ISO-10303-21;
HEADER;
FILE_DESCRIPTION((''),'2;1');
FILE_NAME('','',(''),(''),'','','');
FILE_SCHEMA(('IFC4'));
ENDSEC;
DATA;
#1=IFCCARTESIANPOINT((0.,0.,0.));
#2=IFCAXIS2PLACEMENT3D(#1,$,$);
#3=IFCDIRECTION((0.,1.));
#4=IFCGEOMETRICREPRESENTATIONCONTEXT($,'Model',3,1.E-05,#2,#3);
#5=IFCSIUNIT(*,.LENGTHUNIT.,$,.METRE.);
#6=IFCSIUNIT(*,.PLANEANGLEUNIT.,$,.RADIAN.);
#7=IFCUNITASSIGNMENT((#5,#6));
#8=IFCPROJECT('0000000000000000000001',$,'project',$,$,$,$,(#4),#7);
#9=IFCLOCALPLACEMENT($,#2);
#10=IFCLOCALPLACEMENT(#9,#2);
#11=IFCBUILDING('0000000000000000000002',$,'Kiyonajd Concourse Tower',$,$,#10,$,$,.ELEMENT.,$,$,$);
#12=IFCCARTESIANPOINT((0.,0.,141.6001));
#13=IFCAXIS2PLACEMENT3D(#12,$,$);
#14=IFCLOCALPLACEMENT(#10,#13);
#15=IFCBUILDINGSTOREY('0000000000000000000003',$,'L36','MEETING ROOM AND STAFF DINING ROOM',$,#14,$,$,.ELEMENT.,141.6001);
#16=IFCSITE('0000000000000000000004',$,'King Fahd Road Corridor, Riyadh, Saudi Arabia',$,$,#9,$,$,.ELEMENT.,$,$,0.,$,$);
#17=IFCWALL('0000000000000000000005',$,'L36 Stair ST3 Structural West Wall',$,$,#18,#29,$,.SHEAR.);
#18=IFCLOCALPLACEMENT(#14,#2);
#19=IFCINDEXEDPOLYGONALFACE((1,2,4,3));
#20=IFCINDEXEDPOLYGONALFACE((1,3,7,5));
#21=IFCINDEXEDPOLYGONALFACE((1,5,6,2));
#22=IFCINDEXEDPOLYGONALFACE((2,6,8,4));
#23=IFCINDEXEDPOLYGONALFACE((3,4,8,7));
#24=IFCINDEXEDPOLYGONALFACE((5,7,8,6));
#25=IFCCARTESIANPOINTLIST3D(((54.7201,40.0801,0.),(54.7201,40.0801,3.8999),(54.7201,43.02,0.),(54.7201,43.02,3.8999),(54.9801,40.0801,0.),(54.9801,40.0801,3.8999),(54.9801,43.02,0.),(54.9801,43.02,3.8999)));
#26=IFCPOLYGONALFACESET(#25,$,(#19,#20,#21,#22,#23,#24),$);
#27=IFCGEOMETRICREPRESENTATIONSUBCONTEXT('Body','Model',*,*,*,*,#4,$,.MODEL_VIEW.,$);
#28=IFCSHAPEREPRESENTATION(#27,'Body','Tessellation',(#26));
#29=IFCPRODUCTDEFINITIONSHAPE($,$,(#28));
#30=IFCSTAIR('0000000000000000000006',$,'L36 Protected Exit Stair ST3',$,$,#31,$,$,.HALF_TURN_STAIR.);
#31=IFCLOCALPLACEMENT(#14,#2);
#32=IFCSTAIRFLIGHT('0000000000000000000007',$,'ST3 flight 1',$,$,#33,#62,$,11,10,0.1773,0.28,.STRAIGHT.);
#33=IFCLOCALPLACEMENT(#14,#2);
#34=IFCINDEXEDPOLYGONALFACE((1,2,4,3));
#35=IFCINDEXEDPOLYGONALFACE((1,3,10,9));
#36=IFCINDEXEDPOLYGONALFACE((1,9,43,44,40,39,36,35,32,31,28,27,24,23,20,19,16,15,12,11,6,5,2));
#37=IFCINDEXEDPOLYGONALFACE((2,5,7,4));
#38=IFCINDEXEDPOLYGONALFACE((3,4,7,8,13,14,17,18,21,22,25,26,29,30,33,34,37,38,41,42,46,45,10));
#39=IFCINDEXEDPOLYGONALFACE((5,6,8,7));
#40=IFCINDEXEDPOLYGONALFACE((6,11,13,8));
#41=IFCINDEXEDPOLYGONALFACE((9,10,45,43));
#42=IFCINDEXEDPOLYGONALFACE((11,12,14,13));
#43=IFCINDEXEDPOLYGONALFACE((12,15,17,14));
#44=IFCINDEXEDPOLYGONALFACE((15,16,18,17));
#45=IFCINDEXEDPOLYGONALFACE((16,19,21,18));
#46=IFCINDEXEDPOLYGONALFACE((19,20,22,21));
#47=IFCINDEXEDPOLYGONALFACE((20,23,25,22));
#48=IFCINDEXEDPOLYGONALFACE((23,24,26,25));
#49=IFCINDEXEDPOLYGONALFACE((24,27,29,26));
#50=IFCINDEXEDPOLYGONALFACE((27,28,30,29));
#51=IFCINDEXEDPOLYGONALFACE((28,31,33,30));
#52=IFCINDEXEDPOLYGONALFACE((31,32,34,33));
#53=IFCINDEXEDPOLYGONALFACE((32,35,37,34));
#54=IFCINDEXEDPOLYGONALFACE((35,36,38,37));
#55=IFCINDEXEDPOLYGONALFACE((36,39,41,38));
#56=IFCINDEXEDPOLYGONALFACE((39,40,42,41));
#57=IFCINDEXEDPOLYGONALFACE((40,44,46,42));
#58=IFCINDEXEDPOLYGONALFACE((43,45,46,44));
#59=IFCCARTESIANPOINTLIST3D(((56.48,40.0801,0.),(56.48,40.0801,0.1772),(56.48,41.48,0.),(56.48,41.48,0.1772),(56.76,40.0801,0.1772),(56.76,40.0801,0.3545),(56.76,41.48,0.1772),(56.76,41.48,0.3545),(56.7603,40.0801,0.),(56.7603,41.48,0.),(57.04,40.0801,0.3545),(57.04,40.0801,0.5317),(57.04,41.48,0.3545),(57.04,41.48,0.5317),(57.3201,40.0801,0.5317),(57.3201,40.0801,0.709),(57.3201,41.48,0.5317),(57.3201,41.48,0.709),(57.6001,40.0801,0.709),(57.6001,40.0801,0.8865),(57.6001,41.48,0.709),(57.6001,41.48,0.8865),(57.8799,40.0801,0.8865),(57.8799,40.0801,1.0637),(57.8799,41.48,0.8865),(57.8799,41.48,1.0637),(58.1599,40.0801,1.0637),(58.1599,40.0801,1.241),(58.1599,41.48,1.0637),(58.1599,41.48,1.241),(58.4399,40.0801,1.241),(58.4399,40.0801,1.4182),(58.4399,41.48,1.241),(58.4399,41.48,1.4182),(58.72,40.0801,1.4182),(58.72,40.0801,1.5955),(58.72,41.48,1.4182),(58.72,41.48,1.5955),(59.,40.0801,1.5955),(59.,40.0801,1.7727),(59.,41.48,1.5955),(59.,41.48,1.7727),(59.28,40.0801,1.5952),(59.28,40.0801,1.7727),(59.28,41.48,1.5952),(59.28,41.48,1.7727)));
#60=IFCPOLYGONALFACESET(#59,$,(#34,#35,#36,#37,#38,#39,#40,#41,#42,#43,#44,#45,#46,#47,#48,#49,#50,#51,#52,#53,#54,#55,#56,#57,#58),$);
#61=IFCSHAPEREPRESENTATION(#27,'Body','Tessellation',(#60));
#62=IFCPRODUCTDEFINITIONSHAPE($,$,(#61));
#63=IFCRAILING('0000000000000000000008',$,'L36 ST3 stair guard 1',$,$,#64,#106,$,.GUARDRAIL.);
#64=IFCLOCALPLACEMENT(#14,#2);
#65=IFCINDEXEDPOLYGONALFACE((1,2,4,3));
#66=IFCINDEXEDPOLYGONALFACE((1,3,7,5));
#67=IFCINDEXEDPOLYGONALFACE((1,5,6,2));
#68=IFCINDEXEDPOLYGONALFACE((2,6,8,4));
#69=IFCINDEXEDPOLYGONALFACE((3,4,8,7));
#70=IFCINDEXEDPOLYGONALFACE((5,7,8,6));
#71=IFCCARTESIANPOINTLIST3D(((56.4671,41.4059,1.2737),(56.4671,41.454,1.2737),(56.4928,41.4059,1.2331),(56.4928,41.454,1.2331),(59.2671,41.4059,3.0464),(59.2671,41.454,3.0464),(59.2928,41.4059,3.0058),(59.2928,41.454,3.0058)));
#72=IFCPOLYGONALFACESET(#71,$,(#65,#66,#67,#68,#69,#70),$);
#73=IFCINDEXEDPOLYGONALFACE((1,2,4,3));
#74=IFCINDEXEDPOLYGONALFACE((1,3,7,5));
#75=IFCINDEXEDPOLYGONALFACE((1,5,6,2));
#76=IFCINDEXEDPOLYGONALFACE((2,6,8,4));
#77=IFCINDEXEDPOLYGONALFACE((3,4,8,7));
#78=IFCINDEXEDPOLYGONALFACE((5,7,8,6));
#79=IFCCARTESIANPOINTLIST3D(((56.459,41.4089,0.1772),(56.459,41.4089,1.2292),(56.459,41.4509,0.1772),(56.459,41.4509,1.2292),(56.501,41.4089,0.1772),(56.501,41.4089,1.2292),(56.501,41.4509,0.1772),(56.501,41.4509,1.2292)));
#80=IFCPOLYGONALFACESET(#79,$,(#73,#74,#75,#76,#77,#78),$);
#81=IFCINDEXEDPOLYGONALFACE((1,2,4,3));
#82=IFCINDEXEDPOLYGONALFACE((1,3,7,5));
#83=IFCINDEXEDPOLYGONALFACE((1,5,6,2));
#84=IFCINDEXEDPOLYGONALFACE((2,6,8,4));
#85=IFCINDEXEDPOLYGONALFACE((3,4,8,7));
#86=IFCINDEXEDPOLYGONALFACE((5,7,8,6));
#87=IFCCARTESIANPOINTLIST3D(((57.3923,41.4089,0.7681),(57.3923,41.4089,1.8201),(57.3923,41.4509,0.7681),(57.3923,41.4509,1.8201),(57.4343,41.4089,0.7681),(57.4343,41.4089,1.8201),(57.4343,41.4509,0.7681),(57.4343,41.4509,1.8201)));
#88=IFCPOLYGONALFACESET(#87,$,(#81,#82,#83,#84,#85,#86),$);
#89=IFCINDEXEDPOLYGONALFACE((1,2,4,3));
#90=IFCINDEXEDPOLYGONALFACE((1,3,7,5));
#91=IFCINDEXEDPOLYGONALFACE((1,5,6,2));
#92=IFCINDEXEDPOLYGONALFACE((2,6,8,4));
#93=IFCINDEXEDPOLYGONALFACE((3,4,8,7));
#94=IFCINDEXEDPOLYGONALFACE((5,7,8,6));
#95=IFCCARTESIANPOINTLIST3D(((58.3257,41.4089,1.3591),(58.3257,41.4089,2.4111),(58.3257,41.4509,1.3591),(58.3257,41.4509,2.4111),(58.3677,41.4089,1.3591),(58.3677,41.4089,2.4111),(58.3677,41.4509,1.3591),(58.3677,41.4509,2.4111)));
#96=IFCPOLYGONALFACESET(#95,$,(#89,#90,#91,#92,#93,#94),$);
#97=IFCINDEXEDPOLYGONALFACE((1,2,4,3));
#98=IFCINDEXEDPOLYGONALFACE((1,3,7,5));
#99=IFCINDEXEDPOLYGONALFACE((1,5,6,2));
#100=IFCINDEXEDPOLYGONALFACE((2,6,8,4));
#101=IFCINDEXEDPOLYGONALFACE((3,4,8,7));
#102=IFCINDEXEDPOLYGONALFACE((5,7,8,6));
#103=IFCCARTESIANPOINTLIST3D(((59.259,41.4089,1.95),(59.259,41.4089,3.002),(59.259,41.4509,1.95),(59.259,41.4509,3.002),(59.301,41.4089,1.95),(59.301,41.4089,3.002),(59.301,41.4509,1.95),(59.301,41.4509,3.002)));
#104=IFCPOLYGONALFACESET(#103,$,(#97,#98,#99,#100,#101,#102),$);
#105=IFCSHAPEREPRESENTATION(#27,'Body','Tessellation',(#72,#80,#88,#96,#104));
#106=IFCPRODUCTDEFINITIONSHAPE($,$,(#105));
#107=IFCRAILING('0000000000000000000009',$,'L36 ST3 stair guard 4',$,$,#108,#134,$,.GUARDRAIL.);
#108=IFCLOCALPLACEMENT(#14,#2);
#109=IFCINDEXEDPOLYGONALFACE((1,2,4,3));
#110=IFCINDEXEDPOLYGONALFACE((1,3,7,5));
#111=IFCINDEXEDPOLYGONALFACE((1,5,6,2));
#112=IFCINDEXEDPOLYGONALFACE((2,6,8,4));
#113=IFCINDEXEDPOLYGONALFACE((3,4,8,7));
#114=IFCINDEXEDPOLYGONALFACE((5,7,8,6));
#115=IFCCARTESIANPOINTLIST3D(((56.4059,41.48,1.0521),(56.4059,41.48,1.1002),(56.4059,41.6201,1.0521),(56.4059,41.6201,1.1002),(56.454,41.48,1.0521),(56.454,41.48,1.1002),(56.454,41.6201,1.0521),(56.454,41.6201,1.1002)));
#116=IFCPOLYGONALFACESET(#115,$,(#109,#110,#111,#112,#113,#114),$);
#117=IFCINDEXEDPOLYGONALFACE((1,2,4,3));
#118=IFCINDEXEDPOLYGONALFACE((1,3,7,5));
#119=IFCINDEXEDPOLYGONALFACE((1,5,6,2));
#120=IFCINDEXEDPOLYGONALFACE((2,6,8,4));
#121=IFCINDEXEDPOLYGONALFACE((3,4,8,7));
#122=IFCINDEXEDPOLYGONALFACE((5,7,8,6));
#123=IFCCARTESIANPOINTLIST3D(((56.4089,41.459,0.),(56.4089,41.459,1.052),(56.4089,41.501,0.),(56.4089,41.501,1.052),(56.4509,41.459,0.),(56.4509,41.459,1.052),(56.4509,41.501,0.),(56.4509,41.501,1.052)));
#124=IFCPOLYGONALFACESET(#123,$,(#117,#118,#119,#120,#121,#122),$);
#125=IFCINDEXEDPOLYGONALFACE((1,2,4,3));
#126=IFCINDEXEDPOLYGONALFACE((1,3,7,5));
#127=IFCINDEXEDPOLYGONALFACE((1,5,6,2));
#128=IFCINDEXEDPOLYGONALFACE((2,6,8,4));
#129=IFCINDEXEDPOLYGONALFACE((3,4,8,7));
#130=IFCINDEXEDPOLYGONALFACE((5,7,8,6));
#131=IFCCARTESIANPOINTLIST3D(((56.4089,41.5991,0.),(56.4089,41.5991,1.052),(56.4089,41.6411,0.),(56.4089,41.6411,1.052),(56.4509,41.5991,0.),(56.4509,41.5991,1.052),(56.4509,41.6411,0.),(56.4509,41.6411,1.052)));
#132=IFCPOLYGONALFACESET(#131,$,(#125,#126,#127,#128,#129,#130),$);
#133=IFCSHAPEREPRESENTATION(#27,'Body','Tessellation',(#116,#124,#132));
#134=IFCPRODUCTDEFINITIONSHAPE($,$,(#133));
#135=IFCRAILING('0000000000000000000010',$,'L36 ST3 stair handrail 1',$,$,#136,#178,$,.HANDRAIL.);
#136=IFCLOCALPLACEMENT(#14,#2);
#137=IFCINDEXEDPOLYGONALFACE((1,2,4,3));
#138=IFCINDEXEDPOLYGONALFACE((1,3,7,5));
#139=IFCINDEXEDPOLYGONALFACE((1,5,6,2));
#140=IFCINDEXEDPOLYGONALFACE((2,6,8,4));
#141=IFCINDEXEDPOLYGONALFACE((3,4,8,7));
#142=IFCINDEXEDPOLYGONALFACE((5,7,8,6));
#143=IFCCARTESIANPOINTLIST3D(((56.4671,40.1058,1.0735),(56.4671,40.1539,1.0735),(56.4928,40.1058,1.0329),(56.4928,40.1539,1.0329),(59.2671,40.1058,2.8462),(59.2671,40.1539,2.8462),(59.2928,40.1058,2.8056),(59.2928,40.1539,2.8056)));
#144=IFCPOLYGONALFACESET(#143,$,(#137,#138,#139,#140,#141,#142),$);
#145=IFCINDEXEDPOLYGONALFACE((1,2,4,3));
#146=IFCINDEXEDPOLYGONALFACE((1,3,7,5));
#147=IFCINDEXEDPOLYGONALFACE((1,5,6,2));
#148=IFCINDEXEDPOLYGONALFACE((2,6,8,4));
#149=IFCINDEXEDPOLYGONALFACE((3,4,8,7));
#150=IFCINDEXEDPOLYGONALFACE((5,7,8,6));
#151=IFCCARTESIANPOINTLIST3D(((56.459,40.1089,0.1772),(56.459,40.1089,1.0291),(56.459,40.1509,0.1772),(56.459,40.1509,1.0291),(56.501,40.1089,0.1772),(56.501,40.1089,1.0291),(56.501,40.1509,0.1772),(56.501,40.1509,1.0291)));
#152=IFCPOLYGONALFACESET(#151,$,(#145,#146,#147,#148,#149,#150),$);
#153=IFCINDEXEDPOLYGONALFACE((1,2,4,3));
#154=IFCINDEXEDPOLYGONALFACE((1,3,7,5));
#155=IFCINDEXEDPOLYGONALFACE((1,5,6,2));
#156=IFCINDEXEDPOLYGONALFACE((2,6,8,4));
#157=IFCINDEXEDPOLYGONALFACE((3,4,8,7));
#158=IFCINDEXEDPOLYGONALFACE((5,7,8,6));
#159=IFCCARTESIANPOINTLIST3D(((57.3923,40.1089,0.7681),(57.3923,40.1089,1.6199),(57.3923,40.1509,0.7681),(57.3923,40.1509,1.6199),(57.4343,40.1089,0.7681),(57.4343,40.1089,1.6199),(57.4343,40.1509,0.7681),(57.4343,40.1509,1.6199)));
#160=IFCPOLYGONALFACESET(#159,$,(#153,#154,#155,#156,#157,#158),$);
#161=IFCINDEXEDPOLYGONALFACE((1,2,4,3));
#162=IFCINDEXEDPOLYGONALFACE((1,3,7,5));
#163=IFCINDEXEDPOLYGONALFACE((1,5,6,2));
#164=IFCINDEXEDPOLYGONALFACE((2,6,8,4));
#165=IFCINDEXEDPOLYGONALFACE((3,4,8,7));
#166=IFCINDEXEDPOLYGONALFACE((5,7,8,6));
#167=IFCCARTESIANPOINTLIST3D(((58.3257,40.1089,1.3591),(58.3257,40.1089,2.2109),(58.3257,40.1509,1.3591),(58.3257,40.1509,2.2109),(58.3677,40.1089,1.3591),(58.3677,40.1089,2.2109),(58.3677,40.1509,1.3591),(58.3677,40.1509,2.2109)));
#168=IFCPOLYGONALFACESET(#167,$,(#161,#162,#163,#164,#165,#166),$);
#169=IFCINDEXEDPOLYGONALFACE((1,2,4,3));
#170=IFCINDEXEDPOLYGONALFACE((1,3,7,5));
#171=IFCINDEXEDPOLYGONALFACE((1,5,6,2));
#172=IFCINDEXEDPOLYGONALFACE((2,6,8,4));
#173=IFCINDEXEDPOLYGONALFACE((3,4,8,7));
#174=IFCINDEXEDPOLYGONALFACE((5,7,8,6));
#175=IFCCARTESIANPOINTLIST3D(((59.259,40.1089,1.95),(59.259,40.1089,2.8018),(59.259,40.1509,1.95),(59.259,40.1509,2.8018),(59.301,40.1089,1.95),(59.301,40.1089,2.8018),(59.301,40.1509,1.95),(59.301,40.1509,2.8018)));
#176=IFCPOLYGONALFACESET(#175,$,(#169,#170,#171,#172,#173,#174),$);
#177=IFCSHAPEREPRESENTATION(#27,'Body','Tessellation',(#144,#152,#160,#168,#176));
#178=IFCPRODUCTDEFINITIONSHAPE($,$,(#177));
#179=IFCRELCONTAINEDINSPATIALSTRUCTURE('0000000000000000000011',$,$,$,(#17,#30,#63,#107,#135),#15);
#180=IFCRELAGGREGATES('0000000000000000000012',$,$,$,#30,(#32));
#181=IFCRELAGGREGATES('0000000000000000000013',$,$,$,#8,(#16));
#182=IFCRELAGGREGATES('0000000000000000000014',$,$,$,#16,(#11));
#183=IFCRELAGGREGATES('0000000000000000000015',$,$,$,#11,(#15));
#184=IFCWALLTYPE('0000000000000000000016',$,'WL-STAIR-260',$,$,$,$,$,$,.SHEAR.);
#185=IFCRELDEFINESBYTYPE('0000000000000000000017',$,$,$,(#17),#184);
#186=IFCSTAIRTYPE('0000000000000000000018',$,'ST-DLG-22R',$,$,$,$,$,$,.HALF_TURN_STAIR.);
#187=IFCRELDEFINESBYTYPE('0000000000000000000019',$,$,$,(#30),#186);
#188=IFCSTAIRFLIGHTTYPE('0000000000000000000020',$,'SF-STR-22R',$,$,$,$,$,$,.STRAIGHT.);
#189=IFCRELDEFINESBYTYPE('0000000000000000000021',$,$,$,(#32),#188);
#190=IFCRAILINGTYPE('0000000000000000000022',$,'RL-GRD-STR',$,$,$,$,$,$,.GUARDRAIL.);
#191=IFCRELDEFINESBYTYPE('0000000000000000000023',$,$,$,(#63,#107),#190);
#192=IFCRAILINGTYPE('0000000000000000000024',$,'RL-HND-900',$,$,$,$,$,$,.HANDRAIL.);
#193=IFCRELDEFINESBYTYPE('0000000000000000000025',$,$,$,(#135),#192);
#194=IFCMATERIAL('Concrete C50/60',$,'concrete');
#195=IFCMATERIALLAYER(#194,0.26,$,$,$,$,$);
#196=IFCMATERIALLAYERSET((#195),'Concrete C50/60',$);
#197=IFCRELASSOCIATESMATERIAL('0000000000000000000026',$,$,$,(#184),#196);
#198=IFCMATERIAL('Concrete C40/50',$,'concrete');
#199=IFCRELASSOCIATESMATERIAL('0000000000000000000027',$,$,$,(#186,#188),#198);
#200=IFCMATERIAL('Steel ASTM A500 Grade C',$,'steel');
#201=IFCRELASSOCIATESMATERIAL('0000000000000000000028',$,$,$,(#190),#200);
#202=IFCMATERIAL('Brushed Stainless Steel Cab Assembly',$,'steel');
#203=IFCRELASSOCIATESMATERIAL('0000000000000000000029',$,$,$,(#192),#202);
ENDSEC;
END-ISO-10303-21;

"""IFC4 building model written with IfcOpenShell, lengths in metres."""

from ifc_helpers import new_model, si_unit, direction, frame, frame_2d, origin, origin_2d, place, context, subcontext, project, spatial, polyline, rectangle, outline, extrude, material, layer, layer_set, type_object, element, aggregate, save


model = new_model("IFC4")

# Units and contexts
model_context = context("Model", 3, precision=1e-05, world=origin(), true_north=direction((0.0, 1.0)))
body_context = subcontext(model_context, "Body", "Model", "MODEL_VIEW")
ifc_project = project(units=[si_unit("LENGTHUNIT", "METRE"), si_unit("PLANEANGLEUNIT", "RADIAN")], contexts=[model_context])

# Site, building, storey
site_placement = place(None, origin())
site = spatial("IfcSite", under=ifc_project, at=site_placement, Name="King Fahd Road Corridor, Riyadh, Saudi Arabia", CompositionType="ELEMENT", RefElevation=0.0)
building_placement = place(site_placement, origin())
building = spatial("IfcBuilding", under=site, at=building_placement, Name="Kiyonajd Concourse Tower", CompositionType="ELEMENT")
storey_placement = place(building_placement, frame((0.0, 0.0, 141.6001)))
storey = spatial("IfcBuildingStorey", under=building, at=storey_placement, Name="L36", Description="MEETING ROOM AND STAFF DINING ROOM", CompositionType="ELEMENT", Elevation=141.6001)

# Shared definitions
ifc_material_1 = material(Name="Concrete C50/60", Category="concrete")

# Shared definitions
ifc_material_2 = material(Name="Brushed Stainless Steel Cab Assembly", Category="steel")

# Shared definitions
ifc_layer_1 = layer(ifc_material_1, 0.26)
ifc_layer_set_1 = layer_set([ifc_layer_1], Name="Concrete C50/60")
wall_type_1 = type_object("IfcWallType", Name="WL-STAIR-260", PredefinedType="SHEAR", material=ifc_layer_set_1)

# Wall
wall_1_placement = place(storey_placement, frame((54.8501, 40.0801, 0.0), z_axis=(0.0, 0.0, 1.0), x_axis=(0.0, 1.0, 0.0)))
element("IfcWall", 1, at=wall_1_placement, inside=storey, type_object=wall_type_1, Name="L36 Stair ST3 Structural West Wall", PredefinedType="SHEAR", context=body_context, shape_type="SweptSolid", body=[
    extrude(rectangle(XDim=2.9399, YDim=0.26, at=frame_2d((1.47, 0.0))), origin(), (0.0, 0.0, 1.0), 3.8999),
])

# Stair, stair flight
ifc_material_3 = material(Name="Concrete C40/50", Category="concrete")
stair_type = type_object("IfcStairType", Name="ST-DLG-22R", PredefinedType="HALF_TURN_STAIR", material=ifc_material_3)
stair_placement = place(storey_placement, origin())
stair = element("IfcStair", 2, at=stair_placement, inside=storey, type_object=stair_type, Name="L36 Protected Exit Stair ST3", PredefinedType="HALF_TURN_STAIR")
stair_flight_type = type_object("IfcStairFlightType", Name="SF-STR-22R", PredefinedType="STRAIGHT", material=ifc_material_3)
stair_flight_placement = place(storey_placement, frame((56.48, 40.78, 0.0), z_axis=(0.0, 0.0, 1.0), x_axis=(1.0, 0.0, 0.0)))
stair_flight = element("IfcStairFlight", 3, at=stair_flight_placement, type_object=stair_flight_type, Name="ST3 flight 1", NumberOfRisers=11, NumberOfTreads=10, PredefinedType="STRAIGHT", RiserHeight=0.1773, TreadLength=0.28, context=body_context, shape_type="SweptSolid", body=[
    extrude(outline(polyline([(0.0, 0.0), (0.0, 0.1772), (0.28, 0.1772), (0.28, 0.3545), (0.5601, 0.3545), (0.5601, 0.5317), (0.8401, 0.5317), (0.8401, 0.709), (1.1201, 0.709), (1.1201, 0.8865), (1.3999, 0.8865), (1.3999, 1.0637), (1.6799, 1.0637), (1.6799, 1.241), (1.96, 1.241), (1.96, 1.4182), (2.24, 1.4182), (2.24, 1.5955), (2.52, 1.5955), (2.52, 1.7727), (2.8, 1.7727), (2.8, 1.95), (2.8, 1.5952), (0.2803, 0.0), (0.0, 0.0)])), frame((0.0, 0.7, 0.0), z_axis=(0.0, -1.0, 0.0), x_axis=(1.0, 0.0, 0.0)), (0.0, 0.0, 1.0), 1.3999),
])
aggregate(stair, [stair_flight])

# Railings
ifc_material_4 = material(Name="Steel ASTM A500 Grade C", Category="steel")
railing_type_1 = type_object("IfcRailingType", Name="RL-GRD-STR", PredefinedType="GUARDRAIL", material=ifc_material_4)
railing_1_placement = place(storey_placement, frame((56.48, 41.4299, 0.1772)))
element("IfcRailing", 4, at=railing_1_placement, inside=storey, type_object=railing_type_1, Name="L36 ST3 stair guard 1", PredefinedType="GUARDRAIL", context=body_context, shape_type="SweptSolid", body=[
    extrude(rectangle(XDim=0.0481, YDim=0.0481, at=origin_2d()), frame((0.0, 0.0, 1.0762), z_axis=(0.844909, 0.0, 0.53491), x_axis=(0.0, 1.0, 0.0)), (0.0, 0.0, 1.0), 3.314),
    extrude(rectangle(XDim=0.042, YDim=0.042, at=origin_2d()), origin(), (0.0, 0.0, 1.0), 1.052),
    extrude(rectangle(XDim=0.042, YDim=0.042, at=origin_2d()), frame((0.9333, 0.0, 0.5908)), (0.0, 0.0, 1.0), 1.052),
    extrude(rectangle(XDim=0.042, YDim=0.042, at=origin_2d()), frame((1.8667, 0.0, 1.1819)), (0.0, 0.0, 1.0), 1.052),
    extrude(rectangle(XDim=0.042, YDim=0.042, at=origin_2d()), frame((2.8, 0.0, 1.7727)), (0.0, 0.0, 1.0), 1.052),
])
railing_2_placement = place(storey_placement, frame((56.4299, 41.48, 0.0)))
element("IfcRailing", 5, at=railing_2_placement, inside=storey, type_object=railing_type_1, Name="L36 ST3 stair guard 4", PredefinedType="GUARDRAIL", context=body_context, shape_type="SweptSolid", body=[
    extrude(rectangle(XDim=0.0481, YDim=0.0481, at=origin_2d()), frame((0.0, 0.0, 1.0762), z_axis=(0.0, 1.0, 0.0), x_axis=(-1.0, 0.0, 0.0)), (0.0, 0.0, 1.0), 0.1401),
    extrude(rectangle(XDim=0.042, YDim=0.042, at=origin_2d()), origin(), (0.0, 0.0, 1.0), 1.052),
    extrude(rectangle(XDim=0.042, YDim=0.042, at=origin_2d()), frame((0.0, 0.1401, 0.0)), (0.0, 0.0, 1.0), 1.052),
])
railing_type_2 = type_object("IfcRailingType", Name="RL-HND-900", PredefinedType="HANDRAIL", material=ifc_material_2)
railing_3_placement = place(storey_placement, frame((56.48, 40.1299, 0.1772)))
element("IfcRailing", 6, at=railing_3_placement, inside=storey, type_object=railing_type_2, Name="L36 ST3 stair handrail 1", PredefinedType="HANDRAIL", context=body_context, shape_type="SweptSolid", body=[
    extrude(rectangle(XDim=0.0481, YDim=0.0481, at=origin_2d()), frame((0.0, 0.0, 0.876), z_axis=(0.844909, 0.0, 0.53491), x_axis=(0.0, 1.0, 0.0)), (0.0, 0.0, 1.0), 3.314),
    extrude(rectangle(XDim=0.042, YDim=0.042, at=origin_2d()), origin(), (0.0, 0.0, 1.0), 0.8518),
    extrude(rectangle(XDim=0.042, YDim=0.042, at=origin_2d()), frame((0.9333, 0.0, 0.5908)), (0.0, 0.0, 1.0), 0.8518),
    extrude(rectangle(XDim=0.042, YDim=0.042, at=origin_2d()), frame((1.8667, 0.0, 1.1819)), (0.0, 0.0, 1.0), 0.8518),
    extrude(rectangle(XDim=0.042, YDim=0.042, at=origin_2d()), frame((2.8, 0.0, 1.7727)), (0.0, 0.0, 1.0), 0.8518),
])

save(model, "model.ifc")
